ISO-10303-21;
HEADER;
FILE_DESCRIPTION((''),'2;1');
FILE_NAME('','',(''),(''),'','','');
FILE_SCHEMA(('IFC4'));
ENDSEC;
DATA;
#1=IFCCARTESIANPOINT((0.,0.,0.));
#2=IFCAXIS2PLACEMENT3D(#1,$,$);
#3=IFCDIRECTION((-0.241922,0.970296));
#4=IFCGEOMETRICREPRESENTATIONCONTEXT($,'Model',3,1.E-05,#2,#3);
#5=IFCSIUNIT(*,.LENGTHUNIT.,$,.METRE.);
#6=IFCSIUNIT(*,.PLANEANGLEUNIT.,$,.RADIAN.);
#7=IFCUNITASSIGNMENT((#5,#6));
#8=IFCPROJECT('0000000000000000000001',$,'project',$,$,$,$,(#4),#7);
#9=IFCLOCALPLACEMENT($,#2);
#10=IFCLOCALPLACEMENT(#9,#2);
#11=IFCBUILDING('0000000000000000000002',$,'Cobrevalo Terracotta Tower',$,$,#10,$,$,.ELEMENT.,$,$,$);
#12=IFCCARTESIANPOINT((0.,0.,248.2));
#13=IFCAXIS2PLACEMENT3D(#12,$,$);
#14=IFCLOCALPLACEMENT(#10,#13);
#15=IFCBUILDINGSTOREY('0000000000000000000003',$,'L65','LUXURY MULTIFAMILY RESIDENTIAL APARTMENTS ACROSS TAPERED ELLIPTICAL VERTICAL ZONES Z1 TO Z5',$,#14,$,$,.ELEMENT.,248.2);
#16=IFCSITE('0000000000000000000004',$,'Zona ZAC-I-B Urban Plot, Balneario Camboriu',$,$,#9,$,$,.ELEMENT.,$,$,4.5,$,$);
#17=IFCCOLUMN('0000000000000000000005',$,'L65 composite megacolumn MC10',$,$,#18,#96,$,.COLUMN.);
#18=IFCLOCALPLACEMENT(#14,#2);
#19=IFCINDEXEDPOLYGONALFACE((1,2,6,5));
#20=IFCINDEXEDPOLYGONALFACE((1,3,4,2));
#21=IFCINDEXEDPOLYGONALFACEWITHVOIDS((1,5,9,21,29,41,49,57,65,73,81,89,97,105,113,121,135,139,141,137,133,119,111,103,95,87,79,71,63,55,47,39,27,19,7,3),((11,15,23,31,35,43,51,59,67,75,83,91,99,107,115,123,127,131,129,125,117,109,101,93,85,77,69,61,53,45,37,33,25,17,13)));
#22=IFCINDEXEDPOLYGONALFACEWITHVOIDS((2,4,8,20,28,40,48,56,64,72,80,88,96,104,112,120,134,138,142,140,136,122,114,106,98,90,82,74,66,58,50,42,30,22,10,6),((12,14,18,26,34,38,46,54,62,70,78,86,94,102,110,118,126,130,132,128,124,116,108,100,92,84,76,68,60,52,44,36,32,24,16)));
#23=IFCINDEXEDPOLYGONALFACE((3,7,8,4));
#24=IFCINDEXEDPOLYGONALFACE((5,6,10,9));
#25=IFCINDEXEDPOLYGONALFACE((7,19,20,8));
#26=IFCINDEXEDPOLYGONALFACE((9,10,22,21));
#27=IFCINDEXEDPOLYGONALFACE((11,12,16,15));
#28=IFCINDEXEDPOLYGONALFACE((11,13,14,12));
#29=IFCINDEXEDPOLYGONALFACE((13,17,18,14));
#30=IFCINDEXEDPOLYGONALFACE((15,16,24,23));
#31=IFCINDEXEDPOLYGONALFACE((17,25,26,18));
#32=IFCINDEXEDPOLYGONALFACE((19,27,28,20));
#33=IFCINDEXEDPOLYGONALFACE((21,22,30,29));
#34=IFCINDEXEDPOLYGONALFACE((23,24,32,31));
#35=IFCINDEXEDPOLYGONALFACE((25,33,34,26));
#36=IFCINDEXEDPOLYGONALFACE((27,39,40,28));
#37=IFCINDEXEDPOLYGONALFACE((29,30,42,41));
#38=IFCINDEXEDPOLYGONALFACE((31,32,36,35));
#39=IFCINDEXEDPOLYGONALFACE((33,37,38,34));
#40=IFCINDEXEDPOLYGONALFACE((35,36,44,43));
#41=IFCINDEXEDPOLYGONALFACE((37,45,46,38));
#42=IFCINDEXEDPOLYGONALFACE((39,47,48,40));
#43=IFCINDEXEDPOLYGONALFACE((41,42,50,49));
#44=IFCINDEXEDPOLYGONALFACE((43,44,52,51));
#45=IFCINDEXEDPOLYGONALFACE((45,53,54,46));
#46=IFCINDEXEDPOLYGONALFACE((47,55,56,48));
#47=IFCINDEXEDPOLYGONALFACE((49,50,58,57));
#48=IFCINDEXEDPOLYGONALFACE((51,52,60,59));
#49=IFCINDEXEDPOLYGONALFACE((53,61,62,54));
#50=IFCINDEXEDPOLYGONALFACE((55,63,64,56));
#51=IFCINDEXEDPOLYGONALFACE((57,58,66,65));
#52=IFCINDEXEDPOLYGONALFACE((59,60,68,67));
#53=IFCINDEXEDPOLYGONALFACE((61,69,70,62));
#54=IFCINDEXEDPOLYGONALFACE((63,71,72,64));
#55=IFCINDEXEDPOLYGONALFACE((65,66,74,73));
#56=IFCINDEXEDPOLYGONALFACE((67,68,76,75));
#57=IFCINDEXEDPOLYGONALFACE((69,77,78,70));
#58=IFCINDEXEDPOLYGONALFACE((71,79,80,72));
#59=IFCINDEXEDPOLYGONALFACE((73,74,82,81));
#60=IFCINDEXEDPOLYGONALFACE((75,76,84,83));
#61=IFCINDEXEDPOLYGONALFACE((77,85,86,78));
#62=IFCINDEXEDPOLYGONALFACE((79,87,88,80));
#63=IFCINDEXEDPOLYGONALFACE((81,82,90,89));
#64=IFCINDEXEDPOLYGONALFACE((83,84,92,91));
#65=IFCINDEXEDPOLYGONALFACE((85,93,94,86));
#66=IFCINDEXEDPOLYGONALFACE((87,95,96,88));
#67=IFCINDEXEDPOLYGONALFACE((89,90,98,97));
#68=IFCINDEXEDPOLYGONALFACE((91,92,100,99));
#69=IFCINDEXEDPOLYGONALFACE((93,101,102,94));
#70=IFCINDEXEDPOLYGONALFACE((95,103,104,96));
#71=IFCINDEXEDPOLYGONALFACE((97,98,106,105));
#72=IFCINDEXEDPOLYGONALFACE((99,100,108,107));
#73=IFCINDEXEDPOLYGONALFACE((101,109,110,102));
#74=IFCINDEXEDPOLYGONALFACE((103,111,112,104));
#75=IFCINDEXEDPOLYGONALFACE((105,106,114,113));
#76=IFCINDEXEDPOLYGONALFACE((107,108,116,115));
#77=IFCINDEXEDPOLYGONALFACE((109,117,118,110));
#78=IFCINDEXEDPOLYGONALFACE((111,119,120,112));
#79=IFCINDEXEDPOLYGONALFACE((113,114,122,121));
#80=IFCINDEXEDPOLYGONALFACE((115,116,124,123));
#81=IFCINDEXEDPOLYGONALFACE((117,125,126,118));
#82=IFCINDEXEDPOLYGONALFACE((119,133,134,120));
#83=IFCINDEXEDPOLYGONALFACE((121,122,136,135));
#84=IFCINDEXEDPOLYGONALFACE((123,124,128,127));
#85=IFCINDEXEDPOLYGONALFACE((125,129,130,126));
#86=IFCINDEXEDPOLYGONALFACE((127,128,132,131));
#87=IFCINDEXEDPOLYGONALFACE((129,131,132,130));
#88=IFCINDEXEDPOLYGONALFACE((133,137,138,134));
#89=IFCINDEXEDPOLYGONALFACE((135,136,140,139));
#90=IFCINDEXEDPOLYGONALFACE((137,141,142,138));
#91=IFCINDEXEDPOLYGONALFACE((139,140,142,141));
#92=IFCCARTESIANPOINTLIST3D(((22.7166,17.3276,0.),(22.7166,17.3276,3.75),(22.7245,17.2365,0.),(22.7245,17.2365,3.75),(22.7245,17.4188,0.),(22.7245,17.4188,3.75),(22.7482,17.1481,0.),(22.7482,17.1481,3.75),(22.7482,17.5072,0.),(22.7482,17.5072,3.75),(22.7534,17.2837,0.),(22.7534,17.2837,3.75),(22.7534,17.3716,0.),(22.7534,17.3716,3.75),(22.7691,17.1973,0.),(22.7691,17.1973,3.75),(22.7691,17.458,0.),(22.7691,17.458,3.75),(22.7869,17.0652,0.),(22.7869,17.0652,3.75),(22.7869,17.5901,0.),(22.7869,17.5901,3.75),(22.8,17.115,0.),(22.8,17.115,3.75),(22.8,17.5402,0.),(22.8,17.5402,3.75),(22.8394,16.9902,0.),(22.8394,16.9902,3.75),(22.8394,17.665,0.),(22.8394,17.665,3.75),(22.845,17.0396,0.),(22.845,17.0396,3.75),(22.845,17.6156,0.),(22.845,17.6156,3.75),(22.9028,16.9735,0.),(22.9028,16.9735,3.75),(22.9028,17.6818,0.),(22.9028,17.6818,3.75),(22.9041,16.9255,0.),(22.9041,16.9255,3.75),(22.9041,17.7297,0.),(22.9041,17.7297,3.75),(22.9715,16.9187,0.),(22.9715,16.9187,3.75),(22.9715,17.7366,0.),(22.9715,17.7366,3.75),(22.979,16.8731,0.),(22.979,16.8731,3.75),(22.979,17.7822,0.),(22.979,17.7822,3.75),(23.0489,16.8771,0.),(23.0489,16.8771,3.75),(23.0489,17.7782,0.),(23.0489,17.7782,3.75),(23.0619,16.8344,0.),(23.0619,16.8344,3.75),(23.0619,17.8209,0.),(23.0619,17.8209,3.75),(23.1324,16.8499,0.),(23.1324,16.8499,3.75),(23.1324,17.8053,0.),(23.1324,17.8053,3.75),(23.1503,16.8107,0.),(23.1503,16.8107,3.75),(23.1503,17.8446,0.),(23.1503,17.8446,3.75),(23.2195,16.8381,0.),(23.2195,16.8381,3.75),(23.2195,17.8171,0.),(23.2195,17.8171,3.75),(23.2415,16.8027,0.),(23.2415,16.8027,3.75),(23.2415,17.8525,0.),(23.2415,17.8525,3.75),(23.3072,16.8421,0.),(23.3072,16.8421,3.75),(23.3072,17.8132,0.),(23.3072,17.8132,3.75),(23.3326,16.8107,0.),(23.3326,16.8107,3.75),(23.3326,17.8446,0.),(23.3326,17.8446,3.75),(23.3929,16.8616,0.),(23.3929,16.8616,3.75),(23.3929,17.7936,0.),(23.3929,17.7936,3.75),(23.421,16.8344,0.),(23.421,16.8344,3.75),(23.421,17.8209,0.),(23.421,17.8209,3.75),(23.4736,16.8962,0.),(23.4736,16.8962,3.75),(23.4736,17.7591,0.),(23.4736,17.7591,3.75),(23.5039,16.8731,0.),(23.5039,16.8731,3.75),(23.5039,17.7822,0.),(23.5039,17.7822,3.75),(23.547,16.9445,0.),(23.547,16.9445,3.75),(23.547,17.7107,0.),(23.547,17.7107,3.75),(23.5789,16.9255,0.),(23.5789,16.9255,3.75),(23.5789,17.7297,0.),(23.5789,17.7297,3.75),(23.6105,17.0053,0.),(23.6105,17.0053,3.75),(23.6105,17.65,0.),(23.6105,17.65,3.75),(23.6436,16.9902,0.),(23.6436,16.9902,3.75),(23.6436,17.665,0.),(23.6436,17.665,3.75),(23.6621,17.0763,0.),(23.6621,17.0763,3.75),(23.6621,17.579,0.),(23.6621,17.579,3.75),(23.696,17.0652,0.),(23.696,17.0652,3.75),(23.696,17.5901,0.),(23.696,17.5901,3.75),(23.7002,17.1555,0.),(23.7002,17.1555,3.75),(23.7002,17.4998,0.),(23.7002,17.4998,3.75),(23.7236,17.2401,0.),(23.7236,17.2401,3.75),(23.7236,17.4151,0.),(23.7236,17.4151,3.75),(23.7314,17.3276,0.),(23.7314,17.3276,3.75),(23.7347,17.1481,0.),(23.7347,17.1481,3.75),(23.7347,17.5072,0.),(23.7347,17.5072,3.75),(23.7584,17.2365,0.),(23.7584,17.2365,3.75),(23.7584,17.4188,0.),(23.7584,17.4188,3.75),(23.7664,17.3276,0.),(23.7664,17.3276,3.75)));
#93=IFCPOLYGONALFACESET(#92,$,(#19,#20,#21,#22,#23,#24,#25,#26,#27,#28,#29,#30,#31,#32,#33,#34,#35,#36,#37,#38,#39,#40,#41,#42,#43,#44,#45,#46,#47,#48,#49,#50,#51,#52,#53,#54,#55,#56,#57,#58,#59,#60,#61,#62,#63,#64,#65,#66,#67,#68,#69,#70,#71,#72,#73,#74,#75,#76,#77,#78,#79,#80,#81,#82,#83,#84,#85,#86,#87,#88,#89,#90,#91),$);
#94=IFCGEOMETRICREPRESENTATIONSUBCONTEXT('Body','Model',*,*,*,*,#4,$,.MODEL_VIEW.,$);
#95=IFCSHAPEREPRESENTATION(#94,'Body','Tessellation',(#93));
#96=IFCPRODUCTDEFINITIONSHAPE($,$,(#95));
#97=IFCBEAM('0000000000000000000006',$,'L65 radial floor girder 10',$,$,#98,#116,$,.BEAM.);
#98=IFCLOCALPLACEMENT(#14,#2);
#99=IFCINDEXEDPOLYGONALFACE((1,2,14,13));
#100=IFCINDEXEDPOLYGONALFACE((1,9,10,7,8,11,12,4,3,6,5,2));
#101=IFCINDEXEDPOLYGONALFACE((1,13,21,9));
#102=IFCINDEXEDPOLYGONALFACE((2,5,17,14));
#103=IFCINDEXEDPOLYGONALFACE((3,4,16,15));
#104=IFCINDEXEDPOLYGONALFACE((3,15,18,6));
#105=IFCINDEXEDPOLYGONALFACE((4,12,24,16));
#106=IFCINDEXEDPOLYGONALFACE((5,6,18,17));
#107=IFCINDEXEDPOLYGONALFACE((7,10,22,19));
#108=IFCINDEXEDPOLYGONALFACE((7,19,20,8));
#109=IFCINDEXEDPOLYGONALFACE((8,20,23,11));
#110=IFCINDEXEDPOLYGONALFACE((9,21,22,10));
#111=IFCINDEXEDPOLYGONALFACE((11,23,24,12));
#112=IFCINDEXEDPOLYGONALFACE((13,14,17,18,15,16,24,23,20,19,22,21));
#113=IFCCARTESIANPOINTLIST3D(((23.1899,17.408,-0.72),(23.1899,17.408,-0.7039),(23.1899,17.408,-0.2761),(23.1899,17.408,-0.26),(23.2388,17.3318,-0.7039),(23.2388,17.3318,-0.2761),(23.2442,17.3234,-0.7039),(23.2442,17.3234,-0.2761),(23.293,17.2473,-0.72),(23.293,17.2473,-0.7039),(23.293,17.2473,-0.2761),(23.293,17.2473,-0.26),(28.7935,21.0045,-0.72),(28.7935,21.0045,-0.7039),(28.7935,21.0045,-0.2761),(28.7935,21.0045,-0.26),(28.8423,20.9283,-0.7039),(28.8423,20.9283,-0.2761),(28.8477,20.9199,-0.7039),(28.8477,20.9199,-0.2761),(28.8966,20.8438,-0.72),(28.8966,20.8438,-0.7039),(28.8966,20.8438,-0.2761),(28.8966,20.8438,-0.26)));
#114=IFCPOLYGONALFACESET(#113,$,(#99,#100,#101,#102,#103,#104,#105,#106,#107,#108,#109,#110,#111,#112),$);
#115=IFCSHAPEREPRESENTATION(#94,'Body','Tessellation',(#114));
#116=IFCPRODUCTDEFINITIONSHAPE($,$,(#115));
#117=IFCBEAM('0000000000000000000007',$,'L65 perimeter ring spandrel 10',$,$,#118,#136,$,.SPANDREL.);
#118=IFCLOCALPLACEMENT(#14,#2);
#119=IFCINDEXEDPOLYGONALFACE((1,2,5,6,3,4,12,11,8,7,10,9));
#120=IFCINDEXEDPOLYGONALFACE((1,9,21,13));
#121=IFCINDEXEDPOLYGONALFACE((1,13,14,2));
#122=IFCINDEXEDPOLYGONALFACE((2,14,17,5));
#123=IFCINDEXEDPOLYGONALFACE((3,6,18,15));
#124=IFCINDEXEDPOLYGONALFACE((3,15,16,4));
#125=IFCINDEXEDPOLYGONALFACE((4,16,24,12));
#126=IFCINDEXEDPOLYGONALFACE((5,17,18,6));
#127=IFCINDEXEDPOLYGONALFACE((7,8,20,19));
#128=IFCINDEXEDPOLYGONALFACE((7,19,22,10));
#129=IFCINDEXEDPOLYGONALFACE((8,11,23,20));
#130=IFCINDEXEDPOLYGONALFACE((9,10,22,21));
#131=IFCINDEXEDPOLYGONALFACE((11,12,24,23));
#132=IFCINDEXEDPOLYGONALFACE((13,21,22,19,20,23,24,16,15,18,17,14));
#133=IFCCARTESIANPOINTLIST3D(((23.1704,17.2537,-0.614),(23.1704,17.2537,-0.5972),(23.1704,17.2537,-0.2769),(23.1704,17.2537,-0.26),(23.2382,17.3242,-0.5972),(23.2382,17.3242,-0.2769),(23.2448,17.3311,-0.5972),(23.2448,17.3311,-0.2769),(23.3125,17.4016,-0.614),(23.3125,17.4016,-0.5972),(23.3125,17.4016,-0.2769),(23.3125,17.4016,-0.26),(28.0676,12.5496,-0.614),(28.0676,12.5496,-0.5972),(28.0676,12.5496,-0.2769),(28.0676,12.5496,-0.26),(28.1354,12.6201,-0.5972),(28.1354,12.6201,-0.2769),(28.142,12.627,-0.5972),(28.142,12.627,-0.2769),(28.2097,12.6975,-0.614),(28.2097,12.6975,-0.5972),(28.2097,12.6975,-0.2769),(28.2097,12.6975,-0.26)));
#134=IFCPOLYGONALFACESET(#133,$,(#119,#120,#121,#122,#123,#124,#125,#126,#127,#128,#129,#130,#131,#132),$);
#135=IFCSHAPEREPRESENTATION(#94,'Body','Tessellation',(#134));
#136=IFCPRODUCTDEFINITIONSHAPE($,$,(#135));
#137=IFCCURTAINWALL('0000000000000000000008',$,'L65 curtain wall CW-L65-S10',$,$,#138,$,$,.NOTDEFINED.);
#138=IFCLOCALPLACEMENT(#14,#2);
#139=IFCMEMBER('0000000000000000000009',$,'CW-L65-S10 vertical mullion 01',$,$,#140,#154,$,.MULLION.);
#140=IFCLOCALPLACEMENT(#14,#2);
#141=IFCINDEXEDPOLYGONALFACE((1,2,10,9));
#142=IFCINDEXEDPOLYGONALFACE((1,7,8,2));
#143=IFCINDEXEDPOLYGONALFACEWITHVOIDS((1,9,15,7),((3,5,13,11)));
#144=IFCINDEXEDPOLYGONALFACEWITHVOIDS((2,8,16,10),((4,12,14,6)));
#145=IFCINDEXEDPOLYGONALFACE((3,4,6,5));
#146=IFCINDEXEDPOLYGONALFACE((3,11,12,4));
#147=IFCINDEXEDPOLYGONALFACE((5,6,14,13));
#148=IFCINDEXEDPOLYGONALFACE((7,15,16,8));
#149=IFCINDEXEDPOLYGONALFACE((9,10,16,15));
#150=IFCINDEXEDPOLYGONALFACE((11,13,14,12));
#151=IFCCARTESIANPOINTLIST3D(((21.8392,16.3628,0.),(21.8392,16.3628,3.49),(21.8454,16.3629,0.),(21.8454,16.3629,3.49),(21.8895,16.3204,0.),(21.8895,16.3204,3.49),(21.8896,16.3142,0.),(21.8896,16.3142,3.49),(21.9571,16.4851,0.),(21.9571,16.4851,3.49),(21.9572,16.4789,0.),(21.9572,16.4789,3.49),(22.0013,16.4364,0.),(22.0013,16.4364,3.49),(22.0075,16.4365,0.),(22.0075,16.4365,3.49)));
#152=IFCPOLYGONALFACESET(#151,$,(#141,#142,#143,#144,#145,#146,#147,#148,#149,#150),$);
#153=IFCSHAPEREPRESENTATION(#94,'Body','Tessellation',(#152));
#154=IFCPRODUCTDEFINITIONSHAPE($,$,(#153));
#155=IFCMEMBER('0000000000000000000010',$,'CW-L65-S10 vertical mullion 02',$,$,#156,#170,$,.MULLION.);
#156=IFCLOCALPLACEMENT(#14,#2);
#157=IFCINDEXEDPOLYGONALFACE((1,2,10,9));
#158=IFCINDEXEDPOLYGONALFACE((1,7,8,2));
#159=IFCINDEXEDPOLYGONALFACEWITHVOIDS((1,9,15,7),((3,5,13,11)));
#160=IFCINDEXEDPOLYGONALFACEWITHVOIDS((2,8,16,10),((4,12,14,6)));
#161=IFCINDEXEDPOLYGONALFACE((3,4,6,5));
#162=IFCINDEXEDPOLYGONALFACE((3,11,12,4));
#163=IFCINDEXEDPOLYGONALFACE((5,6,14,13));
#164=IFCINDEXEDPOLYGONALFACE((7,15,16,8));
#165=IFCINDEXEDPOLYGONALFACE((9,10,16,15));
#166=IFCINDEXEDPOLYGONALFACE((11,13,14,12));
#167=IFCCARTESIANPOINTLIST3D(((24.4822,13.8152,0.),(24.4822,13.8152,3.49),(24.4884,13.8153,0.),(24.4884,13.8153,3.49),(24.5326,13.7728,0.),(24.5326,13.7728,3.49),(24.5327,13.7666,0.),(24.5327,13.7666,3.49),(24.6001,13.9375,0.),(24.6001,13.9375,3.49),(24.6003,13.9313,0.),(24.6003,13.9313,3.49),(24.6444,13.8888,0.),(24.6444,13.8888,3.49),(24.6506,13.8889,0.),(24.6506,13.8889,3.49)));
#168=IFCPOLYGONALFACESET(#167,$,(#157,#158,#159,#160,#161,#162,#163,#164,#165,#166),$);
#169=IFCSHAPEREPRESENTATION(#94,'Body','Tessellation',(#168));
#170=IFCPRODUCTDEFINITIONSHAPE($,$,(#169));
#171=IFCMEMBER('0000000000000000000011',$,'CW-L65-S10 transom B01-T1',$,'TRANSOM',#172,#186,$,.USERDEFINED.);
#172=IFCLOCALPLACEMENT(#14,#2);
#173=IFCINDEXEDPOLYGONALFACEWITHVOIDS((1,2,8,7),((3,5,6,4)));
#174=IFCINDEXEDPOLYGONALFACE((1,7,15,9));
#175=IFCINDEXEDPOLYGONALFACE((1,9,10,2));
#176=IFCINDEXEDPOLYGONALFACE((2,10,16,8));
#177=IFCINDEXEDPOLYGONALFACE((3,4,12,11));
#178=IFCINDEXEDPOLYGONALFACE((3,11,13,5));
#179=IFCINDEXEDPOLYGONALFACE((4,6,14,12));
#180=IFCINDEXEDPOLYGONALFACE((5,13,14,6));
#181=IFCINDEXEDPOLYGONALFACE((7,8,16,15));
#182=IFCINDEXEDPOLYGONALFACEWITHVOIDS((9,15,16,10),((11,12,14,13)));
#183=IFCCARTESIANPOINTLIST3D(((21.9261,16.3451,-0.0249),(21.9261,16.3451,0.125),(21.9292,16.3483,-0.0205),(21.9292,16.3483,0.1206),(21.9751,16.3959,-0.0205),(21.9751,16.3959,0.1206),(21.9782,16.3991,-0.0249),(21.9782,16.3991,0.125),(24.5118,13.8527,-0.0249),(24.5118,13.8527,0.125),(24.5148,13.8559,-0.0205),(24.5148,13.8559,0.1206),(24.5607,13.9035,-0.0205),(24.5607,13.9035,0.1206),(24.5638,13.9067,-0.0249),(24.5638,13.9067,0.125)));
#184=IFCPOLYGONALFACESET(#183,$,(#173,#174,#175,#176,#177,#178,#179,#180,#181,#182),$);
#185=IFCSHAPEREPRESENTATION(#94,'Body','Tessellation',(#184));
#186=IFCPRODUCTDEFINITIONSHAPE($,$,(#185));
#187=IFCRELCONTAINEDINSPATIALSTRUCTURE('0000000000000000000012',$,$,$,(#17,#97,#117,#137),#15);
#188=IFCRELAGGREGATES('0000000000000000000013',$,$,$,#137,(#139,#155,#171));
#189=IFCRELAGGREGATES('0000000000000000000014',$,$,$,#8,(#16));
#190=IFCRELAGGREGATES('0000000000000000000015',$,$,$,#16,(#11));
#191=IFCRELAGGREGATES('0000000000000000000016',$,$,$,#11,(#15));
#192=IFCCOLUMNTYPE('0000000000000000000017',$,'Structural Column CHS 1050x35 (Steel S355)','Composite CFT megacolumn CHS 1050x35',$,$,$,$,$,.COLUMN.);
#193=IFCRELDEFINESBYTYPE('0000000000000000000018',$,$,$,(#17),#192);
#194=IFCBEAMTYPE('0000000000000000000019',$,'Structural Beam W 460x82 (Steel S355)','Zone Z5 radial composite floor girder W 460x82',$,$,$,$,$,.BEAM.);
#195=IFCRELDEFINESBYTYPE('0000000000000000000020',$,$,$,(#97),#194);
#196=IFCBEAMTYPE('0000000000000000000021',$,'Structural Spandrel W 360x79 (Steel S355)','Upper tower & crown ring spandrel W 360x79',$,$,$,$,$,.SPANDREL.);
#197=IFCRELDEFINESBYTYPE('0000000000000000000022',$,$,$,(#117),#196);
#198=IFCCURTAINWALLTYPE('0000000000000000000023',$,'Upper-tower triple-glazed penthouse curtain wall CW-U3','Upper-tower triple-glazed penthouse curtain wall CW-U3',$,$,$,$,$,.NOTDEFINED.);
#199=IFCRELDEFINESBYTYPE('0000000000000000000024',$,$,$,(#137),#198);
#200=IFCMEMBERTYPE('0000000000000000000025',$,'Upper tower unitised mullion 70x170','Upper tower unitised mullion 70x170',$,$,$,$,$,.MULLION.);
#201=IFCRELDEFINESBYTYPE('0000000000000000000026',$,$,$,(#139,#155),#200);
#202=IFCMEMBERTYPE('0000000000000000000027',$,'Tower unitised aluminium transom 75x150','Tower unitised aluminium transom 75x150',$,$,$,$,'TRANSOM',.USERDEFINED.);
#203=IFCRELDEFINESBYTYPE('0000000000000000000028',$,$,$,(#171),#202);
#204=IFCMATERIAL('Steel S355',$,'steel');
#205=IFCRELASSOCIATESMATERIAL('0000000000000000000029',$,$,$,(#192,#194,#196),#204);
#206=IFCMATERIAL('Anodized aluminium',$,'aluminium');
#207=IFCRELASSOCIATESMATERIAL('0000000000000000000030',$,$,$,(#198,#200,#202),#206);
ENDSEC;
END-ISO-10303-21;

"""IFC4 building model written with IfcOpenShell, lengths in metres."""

from ifc_helpers import new_model, si_unit, direction, frame, origin, origin_2d, place, context, subcontext, project, spatial, hollow_rectangle, hollow_circle, i_section, extrude, source, transform, mapped, material, material_profile, profile_set, type_object, element, aggregate, save


model = new_model("IFC4")

# Units and contexts
model_context = context("Model", 3, precision=1e-05, world=origin(), true_north=direction((-0.241922, 0.970296)))
body_context = subcontext(model_context, "Body", "Model", "MODEL_VIEW")
ifc_project = project(units=[si_unit("LENGTHUNIT", "METRE"), si_unit("PLANEANGLEUNIT", "RADIAN")], contexts=[model_context])

# Site, building, storey
site_placement = place(None, origin())
site = spatial("IfcSite", under=ifc_project, at=site_placement, Name="Zona ZAC-I-B Urban Plot, Balneario Camboriu", CompositionType="ELEMENT", RefElevation=4.5)
building_placement = place(site_placement, origin())
building = spatial("IfcBuilding", under=site, at=building_placement, Name="Cobrevalo Terracotta Tower", CompositionType="ELEMENT")
storey_placement = place(building_placement, frame((0.0, 0.0, 248.2)))
storey = spatial("IfcBuildingStorey", under=building, at=storey_placement, Name="L65", Description="LUXURY MULTIFAMILY RESIDENTIAL APARTMENTS ACROSS TAPERED ELLIPTICAL VERTICAL ZONES Z1 TO Z5", CompositionType="ELEMENT", Elevation=248.2)

# Column
ifc_material_1 = material(Name="Steel S355", Category="steel")
ifc_material_profile_1 = material_profile(ifc_material_1, hollow_circle(Radius=0.5249, WallThickness=0.0349, at=origin_2d()), Name="CHS 1050x35")
ifc_profile_set_1 = profile_set([ifc_material_profile_1], Name="Steel S355")
column_type = type_object("IfcColumnType", Name="Structural Column CHS 1050x35 (Steel S355)", Description="Composite CFT megacolumn CHS 1050x35", PredefinedType="COLUMN", material=ifc_profile_set_1)
column_placement = place(storey_placement, frame((23.2415, 17.3276, 0.0), z_axis=(0.0, 0.0, 1.0), x_axis=(1.0, 0.0, 0.0)))
element("IfcColumn", 1, at=column_placement, inside=storey, type_object=column_type, Name="L65 composite megacolumn MC10", PredefinedType="COLUMN", context=body_context, shape_type="SweptSolid", body=[
    extrude(hollow_circle(Radius=0.5249, WallThickness=0.0349, at=origin_2d()), origin(), (0.0, 0.0, 1.0), 3.75),
])

# Beams
ifc_material_profile_2 = material_profile(ifc_material_1, i_section(OverallWidth=0.1909, OverallDepth=0.46, WebThickness=0.01, FlangeThickness=0.0161, at=origin_2d()), Name="W 460x82")
ifc_profile_set_2 = profile_set([ifc_material_profile_2], Name="Steel S355")
beam_type_1 = type_object("IfcBeamType", Name="Structural Beam W 460x82 (Steel S355)", Description="Zone Z5 radial composite floor girder W 460x82", PredefinedType="BEAM", material=ifc_profile_set_2)
beam_1_placement = place(storey_placement, frame((23.2415, 17.3276, -0.49), z_axis=(0.841576, 0.540138, 0.0), x_axis=(-0.540138, 0.841576, 0.0)))
element("IfcBeam", 2, at=beam_1_placement, inside=storey, type_object=beam_type_1, Name="L65 radial floor girder 10", PredefinedType="BEAM", context=body_context, shape_type="SweptSolid", body=[
    extrude(i_section(OverallWidth=0.1909, OverallDepth=0.46, WebThickness=0.01, FlangeThickness=0.0161, at=origin_2d()), origin(), (0.0, 0.0, 1.0), 6.6584),
])
ifc_material_profile_3 = material_profile(ifc_material_1, i_section(OverallWidth=0.2051, OverallDepth=0.354, WebThickness=0.0095, FlangeThickness=0.0168, at=origin_2d()), Name="W 360x79")
ifc_profile_set_3 = profile_set([ifc_material_profile_3], Name="Steel S355")
beam_type_2 = type_object("IfcBeamType", Name="Structural Spandrel W 360x79 (Steel S355)", Description="Upper tower & crown ring spandrel W 360x79", PredefinedType="SPANDREL", material=ifc_profile_set_3)
beam_2_placement = place(storey_placement, frame((23.2415, 17.3276, -0.437), z_axis=(0.721183, -0.692744, 0.0), x_axis=(0.692744, 0.721183, 0.0)))
element("IfcBeam", 3, at=beam_2_placement, inside=storey, type_object=beam_type_2, Name="L65 perimeter ring spandrel 10", PredefinedType="SPANDREL", context=body_context, shape_type="SweptSolid", body=[
    extrude(i_section(OverallWidth=0.2051, OverallDepth=0.354, WebThickness=0.0095, FlangeThickness=0.0168, at=origin_2d()), origin(), (0.0, 0.0, 1.0), 6.7905),
])

# Curtain wall, members
ifc_material_2 = material(Name="Anodized aluminium", Category="aluminium")
curtain_wall_type = type_object("IfcCurtainWallType", Name="Upper-tower triple-glazed penthouse curtain wall CW-U3", Description="Upper-tower triple-glazed penthouse curtain wall CW-U3", PredefinedType="NOTDEFINED", material=ifc_material_2)
curtain_wall_placement = place(storey_placement, origin())
curtain_wall = element("IfcCurtainWall", 4, at=curtain_wall_placement, inside=storey, type_object=curtain_wall_type, Name="L65 curtain wall CW-L65-S10", PredefinedType="NOTDEFINED")
ifc_material_profile_4 = material_profile(ifc_material_2, hollow_rectangle(XDim=0.0701, YDim=0.1699, WallThickness=0.0044, at=origin_2d()), Name="CWM 70x170")
ifc_profile_set_4 = profile_set([ifc_material_profile_4], Name="Anodized aluminium")
member_type_1 = type_object("IfcMemberType", Name="Upper tower unitised mullion 70x170", Description="Upper tower unitised mullion 70x170", PredefinedType="MULLION", material=ifc_profile_set_4)
shared_shape_1 = source(origin(), body_context, "Body", "SweptSolid", [
    extrude(hollow_rectangle(XDim=0.0701, YDim=0.1699, WallThickness=0.0044, at=origin_2d()), origin(), (0.0, 0.0, 1.0), 3.49),
])
member_1_placement = place(storey_placement, frame((21.9233, 16.3997, 0.0), z_axis=(0.0, 0.0, 1.0), x_axis=(0.719994, -0.69398, 0.0)))
member_1 = element("IfcMember", 5, at=member_1_placement, type_object=member_type_1, Name="CW-L65-S10 vertical mullion 01", PredefinedType="MULLION", context=body_context, shape_type="MappedRepresentation", body=[
    mapped(shared_shape_1, transform((0.0, 0.0, 0.0), scale=1.0)),
])
member_2_placement = place(storey_placement, frame((24.5664, 13.8521, 0.0), z_axis=(0.0, 0.0, 1.0), x_axis=(0.719994, -0.69398, 0.0)))
member_2 = element("IfcMember", 6, at=member_2_placement, type_object=member_type_1, Name="CW-L65-S10 vertical mullion 02", PredefinedType="MULLION", context=body_context, shape_type="MappedRepresentation", body=[
    mapped(shared_shape_1, transform((0.0, 0.0, 0.0), scale=1.0)),
])
ifc_material_profile_5 = material_profile(ifc_material_2, hollow_rectangle(XDim=0.075, YDim=0.1499, WallThickness=0.0044, at=origin_2d()), Name="CWT 75x150")
ifc_profile_set_5 = profile_set([ifc_material_profile_5], Name="Anodized aluminium")
member_type_2 = type_object("IfcMemberType", Name="Tower unitised aluminium transom 75x150", Description="Tower unitised aluminium transom 75x150", ElementType="TRANSOM", PredefinedType="USERDEFINED", material=ifc_profile_set_5)
shared_shape_2 = source(origin(), body_context, "Body", "SweptSolid", [
    extrude(hollow_rectangle(XDim=0.075, YDim=0.1499, WallThickness=0.0044, at=origin_2d()), origin(), (0.0, 0.0, 1.0), 3.5913),
])
member_3_placement = place(storey_placement, frame((21.9521, 16.3721, 0.05), z_axis=(0.719972, -0.694003, 0.0), x_axis=(0.694003, 0.719972, 0.0)))
member_3 = element("IfcMember", 7, at=member_3_placement, type_object=member_type_2, Name="CW-L65-S10 transom B01-T1", ObjectType="TRANSOM", PredefinedType="USERDEFINED", context=body_context, shape_type="MappedRepresentation", body=[
    mapped(shared_shape_2, transform((0.0, 0.0, 0.0), scale=1.0)),
])

aggregate(curtain_wall, [member_1, member_2, member_3])

save(model, "model.ifc")
